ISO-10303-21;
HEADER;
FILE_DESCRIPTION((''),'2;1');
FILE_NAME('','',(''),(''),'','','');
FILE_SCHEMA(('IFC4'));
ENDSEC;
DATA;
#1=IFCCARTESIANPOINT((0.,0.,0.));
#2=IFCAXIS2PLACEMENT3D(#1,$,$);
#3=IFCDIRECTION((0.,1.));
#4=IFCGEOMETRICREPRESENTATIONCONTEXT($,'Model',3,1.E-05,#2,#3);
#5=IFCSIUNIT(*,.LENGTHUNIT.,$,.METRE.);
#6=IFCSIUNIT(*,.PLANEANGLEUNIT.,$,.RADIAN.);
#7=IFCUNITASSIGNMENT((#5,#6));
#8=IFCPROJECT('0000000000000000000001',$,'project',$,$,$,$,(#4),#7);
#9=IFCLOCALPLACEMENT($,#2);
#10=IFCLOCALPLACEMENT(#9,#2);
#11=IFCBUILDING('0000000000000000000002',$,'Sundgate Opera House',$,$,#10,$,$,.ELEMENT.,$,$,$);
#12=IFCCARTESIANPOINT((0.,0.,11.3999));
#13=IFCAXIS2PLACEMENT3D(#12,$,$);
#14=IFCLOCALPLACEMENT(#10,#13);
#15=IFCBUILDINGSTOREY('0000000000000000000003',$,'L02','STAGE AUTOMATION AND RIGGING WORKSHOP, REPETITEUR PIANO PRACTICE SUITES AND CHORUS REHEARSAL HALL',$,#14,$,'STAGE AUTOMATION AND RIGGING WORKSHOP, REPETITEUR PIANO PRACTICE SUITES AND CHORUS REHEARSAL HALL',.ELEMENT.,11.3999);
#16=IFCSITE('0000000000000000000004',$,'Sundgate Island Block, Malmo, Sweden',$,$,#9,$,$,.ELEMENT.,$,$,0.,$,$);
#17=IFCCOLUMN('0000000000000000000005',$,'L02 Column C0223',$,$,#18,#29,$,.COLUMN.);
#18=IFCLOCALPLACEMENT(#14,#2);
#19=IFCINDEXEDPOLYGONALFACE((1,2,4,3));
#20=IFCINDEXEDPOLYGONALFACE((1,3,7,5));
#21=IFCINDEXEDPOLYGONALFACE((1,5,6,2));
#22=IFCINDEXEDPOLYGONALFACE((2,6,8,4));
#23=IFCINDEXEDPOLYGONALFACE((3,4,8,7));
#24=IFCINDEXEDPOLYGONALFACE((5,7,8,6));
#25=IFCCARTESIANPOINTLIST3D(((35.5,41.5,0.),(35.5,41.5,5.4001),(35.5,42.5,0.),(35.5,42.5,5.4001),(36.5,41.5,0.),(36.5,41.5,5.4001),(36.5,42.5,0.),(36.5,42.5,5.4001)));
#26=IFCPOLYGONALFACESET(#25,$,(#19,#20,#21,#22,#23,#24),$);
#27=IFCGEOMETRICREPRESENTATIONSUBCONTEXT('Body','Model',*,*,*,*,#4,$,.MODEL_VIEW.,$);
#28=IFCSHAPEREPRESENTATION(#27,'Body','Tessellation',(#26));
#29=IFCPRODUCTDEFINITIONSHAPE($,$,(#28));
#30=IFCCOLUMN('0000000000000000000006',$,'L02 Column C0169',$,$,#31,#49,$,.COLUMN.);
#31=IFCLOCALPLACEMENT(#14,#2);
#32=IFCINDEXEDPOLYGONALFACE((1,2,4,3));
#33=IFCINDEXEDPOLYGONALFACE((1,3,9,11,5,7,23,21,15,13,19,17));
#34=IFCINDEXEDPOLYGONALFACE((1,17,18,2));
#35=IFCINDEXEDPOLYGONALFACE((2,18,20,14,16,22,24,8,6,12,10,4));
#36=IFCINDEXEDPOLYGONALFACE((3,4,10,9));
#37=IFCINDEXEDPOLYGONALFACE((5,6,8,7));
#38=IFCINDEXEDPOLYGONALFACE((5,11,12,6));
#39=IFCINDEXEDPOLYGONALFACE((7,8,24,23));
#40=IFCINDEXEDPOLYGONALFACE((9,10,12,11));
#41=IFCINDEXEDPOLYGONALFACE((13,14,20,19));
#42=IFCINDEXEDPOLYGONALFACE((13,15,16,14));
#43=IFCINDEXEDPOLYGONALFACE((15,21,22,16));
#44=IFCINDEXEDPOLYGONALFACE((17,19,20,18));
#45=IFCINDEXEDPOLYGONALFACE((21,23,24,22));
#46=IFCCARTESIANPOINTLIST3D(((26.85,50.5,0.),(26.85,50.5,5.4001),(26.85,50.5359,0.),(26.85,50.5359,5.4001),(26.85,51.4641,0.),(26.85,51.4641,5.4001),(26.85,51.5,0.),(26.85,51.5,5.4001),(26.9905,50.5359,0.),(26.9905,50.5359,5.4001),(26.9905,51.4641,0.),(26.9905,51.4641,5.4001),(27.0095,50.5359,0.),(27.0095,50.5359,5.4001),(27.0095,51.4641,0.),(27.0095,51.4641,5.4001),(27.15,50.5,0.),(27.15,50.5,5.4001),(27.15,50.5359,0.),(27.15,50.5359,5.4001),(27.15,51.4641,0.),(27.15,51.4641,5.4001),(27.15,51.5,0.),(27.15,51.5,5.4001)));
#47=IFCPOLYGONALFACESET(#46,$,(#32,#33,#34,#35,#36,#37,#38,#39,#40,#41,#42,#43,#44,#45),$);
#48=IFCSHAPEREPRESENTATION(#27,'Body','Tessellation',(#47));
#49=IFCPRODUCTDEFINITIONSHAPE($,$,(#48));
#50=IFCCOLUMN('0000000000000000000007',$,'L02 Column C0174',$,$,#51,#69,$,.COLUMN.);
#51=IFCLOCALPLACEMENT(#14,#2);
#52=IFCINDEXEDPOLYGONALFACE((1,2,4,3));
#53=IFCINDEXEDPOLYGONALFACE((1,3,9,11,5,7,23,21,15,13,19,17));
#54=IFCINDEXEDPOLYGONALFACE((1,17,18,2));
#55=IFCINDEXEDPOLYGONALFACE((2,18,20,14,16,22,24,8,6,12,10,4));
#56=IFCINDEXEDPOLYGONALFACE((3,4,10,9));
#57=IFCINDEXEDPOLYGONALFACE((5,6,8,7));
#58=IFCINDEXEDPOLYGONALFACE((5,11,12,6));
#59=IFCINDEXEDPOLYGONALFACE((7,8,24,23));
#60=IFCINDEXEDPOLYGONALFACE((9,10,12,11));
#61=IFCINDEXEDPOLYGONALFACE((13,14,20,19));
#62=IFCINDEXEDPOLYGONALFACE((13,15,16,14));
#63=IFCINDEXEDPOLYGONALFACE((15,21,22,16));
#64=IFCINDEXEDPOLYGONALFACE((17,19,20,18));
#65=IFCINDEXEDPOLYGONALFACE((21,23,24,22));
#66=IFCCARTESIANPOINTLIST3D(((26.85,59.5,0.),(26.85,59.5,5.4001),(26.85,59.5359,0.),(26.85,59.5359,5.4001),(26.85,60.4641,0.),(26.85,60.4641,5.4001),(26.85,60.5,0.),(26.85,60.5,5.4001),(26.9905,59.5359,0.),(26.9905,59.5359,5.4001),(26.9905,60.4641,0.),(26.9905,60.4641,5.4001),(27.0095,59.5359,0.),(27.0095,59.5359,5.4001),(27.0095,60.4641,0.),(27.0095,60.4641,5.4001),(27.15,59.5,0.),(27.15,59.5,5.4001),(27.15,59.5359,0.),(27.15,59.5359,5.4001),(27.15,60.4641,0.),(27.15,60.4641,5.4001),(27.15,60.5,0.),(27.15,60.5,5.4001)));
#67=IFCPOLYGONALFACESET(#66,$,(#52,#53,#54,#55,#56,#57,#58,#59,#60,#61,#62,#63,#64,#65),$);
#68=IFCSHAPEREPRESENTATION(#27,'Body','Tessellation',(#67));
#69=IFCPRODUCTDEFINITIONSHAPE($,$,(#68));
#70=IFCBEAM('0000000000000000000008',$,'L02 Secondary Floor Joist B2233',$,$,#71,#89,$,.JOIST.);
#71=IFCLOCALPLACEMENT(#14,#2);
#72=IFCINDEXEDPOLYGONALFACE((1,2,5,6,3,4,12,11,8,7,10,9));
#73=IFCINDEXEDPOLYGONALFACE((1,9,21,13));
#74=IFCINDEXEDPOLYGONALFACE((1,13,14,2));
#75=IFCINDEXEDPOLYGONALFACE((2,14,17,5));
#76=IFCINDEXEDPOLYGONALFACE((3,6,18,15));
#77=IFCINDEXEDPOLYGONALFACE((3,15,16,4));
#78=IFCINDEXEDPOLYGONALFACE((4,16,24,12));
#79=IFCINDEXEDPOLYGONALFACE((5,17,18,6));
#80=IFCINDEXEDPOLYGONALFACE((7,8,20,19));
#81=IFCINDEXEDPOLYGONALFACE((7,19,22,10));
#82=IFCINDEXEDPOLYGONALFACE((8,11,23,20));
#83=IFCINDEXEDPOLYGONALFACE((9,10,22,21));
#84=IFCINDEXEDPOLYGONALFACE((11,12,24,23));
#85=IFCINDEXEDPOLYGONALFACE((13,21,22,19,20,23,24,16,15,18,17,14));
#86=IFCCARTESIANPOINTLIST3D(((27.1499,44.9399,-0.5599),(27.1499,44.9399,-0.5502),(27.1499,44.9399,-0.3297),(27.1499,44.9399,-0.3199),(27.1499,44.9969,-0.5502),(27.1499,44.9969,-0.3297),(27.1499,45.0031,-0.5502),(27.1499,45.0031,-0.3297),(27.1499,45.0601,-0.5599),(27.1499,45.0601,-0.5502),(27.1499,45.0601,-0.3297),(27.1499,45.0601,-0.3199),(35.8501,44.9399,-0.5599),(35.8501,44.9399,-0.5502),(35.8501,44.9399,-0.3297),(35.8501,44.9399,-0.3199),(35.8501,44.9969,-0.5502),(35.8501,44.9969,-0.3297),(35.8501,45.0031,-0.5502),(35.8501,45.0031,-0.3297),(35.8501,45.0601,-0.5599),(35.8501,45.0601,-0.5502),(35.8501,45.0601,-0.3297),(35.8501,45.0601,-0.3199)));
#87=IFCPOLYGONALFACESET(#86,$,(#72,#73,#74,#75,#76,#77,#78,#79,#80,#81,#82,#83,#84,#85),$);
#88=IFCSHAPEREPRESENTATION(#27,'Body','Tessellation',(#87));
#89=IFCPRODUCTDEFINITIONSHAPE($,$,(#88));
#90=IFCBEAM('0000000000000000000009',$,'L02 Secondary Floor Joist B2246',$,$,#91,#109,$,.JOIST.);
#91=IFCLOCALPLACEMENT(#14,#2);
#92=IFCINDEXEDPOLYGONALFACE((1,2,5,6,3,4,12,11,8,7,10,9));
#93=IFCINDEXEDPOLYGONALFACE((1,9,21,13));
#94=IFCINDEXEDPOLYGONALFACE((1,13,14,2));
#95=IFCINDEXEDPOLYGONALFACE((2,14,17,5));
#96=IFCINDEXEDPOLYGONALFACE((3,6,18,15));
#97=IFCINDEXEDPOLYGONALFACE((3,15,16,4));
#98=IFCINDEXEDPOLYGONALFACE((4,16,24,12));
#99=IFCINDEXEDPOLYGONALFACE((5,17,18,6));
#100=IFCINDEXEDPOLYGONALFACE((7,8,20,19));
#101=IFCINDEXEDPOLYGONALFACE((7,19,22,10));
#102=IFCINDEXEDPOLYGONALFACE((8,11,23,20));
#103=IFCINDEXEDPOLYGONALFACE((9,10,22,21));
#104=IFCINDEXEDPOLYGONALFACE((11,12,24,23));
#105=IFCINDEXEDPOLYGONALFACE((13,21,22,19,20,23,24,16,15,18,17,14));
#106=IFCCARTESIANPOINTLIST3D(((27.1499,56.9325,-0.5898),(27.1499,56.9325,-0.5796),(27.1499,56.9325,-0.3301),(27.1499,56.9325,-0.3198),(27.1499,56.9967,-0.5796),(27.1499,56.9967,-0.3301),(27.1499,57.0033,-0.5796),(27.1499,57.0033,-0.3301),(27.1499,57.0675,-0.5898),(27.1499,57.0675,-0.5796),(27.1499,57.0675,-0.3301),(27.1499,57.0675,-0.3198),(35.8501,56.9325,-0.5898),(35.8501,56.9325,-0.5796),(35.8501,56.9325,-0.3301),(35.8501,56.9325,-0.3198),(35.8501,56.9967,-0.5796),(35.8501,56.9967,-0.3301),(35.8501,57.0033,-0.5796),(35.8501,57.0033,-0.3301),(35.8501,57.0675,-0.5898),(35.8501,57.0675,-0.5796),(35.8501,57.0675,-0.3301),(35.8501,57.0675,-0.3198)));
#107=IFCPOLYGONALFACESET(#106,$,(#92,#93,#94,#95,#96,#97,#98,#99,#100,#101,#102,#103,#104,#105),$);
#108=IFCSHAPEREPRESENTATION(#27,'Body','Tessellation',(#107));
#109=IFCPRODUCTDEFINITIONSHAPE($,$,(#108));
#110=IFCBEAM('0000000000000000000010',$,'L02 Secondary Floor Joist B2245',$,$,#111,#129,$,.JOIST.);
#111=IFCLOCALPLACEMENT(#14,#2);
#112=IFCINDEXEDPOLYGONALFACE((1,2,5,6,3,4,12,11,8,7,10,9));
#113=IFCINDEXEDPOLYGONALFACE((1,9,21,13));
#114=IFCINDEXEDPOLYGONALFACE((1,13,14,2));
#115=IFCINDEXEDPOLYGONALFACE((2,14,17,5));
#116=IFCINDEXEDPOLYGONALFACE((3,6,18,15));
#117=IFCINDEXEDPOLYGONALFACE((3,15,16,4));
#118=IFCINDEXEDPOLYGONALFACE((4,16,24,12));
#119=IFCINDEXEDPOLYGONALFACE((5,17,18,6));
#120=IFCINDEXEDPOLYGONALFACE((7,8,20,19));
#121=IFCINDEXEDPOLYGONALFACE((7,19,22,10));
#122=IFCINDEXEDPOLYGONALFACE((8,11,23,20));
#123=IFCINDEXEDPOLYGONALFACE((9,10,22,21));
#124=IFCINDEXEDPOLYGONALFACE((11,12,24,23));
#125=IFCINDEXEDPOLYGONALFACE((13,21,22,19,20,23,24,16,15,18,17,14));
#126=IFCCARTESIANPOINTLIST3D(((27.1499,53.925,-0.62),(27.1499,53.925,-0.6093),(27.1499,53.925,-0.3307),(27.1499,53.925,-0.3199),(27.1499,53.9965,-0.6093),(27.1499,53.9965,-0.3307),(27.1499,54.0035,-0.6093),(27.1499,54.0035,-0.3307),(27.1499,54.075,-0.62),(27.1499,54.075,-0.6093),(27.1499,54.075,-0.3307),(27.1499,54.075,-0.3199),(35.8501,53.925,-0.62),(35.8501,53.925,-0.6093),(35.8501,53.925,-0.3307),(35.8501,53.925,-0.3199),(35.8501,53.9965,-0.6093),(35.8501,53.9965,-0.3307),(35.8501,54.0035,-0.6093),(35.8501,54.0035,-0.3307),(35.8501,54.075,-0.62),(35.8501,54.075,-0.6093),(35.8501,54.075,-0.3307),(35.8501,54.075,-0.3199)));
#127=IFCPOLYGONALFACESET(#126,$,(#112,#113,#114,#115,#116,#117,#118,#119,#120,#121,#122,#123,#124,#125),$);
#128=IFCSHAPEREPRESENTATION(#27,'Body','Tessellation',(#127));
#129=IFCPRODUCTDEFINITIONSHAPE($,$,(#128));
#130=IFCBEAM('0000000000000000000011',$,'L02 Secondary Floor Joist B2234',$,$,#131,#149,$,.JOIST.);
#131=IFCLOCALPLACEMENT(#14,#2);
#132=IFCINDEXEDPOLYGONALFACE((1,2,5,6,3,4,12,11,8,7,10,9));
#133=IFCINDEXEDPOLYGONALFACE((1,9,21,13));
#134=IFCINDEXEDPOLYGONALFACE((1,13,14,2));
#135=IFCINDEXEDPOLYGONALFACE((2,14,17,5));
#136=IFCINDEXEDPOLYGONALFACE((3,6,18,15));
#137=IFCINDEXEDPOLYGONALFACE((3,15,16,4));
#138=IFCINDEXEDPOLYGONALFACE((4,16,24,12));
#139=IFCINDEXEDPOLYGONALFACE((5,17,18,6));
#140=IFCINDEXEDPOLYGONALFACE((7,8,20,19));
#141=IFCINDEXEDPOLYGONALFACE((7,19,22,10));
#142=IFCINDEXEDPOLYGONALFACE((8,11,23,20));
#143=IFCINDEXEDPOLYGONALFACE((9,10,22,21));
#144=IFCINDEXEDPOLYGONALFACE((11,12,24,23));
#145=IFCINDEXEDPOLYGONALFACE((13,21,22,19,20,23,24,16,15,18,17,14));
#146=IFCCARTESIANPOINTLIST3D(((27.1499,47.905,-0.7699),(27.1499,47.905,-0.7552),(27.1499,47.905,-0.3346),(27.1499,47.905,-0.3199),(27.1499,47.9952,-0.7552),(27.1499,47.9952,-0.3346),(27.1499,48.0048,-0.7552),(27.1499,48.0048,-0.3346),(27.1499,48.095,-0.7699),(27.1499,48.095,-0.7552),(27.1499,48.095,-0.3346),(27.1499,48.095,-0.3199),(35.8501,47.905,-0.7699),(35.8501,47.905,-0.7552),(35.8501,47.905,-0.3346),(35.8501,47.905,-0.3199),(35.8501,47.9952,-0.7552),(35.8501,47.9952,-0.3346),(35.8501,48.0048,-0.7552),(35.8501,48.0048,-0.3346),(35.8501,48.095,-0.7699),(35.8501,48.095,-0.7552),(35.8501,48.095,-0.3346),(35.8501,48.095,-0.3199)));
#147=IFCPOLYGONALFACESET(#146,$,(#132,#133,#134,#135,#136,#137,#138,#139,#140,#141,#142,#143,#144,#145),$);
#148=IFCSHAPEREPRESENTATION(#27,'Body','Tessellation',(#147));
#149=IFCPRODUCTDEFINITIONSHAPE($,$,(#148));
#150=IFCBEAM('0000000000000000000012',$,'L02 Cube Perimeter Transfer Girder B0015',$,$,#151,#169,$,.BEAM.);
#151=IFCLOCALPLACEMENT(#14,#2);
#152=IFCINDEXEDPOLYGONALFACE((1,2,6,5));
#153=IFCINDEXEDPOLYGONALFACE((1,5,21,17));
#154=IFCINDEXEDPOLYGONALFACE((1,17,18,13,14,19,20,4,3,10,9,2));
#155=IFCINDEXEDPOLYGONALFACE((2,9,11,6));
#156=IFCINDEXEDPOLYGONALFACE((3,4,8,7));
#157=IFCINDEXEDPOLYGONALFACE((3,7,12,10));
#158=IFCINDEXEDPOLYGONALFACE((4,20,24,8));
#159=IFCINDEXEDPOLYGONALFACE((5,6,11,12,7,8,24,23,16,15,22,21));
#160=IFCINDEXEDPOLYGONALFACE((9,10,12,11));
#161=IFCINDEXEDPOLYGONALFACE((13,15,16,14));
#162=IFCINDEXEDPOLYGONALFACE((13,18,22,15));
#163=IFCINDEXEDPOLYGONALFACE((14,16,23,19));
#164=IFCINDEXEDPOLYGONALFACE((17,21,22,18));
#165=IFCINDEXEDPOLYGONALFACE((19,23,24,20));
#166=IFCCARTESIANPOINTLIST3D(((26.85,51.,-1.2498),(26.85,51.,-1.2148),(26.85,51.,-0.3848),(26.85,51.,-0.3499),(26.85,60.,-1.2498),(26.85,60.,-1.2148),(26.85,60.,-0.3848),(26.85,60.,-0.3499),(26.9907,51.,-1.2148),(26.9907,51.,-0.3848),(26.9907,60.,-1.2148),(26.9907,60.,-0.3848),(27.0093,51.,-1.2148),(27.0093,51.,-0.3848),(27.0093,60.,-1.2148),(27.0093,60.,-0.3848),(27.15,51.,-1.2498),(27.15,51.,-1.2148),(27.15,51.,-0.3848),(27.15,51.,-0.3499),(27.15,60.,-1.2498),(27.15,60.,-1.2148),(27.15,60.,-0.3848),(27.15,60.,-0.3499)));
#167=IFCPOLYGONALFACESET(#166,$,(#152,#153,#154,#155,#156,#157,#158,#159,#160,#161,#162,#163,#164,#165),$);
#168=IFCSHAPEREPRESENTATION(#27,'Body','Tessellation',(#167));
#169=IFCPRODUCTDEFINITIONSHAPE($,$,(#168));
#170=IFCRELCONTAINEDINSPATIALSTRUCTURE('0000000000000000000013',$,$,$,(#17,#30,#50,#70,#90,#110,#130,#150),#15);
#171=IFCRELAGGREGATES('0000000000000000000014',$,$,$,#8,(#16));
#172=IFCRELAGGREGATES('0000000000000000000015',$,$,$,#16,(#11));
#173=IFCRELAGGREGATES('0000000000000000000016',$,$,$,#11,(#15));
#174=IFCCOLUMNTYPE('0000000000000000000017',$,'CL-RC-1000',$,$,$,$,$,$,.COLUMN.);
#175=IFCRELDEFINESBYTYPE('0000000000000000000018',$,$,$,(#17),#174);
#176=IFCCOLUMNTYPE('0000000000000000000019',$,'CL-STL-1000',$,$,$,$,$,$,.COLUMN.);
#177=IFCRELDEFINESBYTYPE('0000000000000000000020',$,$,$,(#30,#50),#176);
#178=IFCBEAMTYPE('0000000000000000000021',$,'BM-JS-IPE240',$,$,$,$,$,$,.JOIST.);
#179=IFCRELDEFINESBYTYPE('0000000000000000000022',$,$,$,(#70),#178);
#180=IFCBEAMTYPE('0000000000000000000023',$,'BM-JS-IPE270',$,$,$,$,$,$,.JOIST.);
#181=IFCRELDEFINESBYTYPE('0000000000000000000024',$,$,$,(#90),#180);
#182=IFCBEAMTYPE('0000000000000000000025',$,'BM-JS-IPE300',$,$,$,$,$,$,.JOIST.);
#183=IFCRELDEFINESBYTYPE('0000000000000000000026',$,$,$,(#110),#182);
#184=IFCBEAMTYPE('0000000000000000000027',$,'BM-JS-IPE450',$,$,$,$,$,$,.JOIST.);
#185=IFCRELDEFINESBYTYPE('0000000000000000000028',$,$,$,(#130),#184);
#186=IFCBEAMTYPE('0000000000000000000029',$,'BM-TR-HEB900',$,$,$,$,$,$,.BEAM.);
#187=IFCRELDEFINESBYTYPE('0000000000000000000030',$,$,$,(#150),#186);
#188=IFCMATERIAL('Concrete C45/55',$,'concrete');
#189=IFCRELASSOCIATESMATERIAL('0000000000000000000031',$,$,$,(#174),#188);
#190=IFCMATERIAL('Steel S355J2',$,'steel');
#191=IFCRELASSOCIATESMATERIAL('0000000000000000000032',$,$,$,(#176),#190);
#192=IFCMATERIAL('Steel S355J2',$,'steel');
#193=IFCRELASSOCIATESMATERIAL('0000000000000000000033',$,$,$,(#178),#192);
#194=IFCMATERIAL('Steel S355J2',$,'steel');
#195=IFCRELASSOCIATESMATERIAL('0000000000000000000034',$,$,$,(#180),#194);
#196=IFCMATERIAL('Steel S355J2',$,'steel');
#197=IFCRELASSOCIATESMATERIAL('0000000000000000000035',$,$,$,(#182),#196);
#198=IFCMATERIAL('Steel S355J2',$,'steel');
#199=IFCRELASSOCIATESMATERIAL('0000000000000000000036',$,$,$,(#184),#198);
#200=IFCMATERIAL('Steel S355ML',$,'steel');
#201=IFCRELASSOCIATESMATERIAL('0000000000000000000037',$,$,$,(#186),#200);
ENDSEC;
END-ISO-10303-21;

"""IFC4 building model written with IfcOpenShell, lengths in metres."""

from ifc_helpers import new_model, si_unit, direction, frame, origin, origin_2d, place, context, subcontext, project, spatial, rectangle, i_section, extrude, material, material_profile, profile_set, type_object, element, save


model = new_model("IFC4")

# Units and contexts
model_context = context("Model", 3, precision=1e-05, world=origin(), true_north=direction((0.0, 1.0)))
body_context = subcontext(model_context, "Body", "Model", "MODEL_VIEW")
ifc_project = project(units=[si_unit("LENGTHUNIT", "METRE"), si_unit("PLANEANGLEUNIT", "RADIAN")], contexts=[model_context])

# Site, building, storey
site_placement = place(None, origin())
site = spatial("IfcSite", under=ifc_project, at=site_placement, Name="Sundgate Island Block, Malmo, Sweden", CompositionType="ELEMENT", RefElevation=0.0)
building_placement = place(site_placement, origin())
building = spatial("IfcBuilding", under=site, at=building_placement, Name="Sundgate Opera House", CompositionType="ELEMENT")
storey_placement = place(building_placement, frame((0.0, 0.0, 11.3999)))
storey = spatial("IfcBuildingStorey", under=building, at=storey_placement, Name="L02", Description="STAGE AUTOMATION AND RIGGING WORKSHOP, REPETITEUR PIANO PRACTICE SUITES AND CHORUS REHEARSAL HALL", LongName="STAGE AUTOMATION AND RIGGING WORKSHOP, REPETITEUR PIANO PRACTICE SUITES AND CHORUS REHEARSAL HALL", CompositionType="ELEMENT", Elevation=11.3999)

# Columns
ifc_material_1 = material(Name="Concrete C45/55", Category="concrete")
ifc_material_profile_1 = material_profile(ifc_material_1, rectangle(XDim=1.0, YDim=1.0, at=origin_2d()), Name="RC 1000x1000")
ifc_profile_set_1 = profile_set([ifc_material_profile_1], Name="Concrete C45/55")
column_type_1 = type_object("IfcColumnType", Name="CL-RC-1000", PredefinedType="COLUMN", material=ifc_profile_set_1)
column_placement = place(storey_placement, frame((36.0, 42.0, 0.0), z_axis=(0.0, 0.0, 1.0), x_axis=(1.0, 0.0, 0.0)))
element("IfcColumn", 1, at=column_placement, inside=storey, type_object=column_type_1, Name="L02 Column C0223", PredefinedType="COLUMN", context=body_context, shape_type="SweptSolid", body=[
    extrude(rectangle(XDim=1.0, YDim=1.0, at=origin_2d()), origin(), (0.0, 0.0, 1.0), 5.4001),
])
ifc_material_2 = material(Name="Steel S355J2", Category="steel")
ifc_material_profile_2 = material_profile(ifc_material_2, i_section(OverallWidth=0.3, OverallDepth=1.0, WebThickness=0.019, FlangeThickness=0.0359, at=origin_2d()), Name="HEB 1000")
ifc_profile_set_2 = profile_set([ifc_material_profile_2], Name="Steel S355J2")
column_type_2 = type_object("IfcColumnType", Name="CL-STL-1000", PredefinedType="COLUMN", material=ifc_profile_set_2)
for number, where, z_axis, x_axis, name in (
    (2, (27.0, 51.0, 0.0), (0.0, 0.0, 1.0), (1.0, 0.0, 0.0), "L02 Column C0169"),
    (3, (27.0, 60.0, 0.0), (0.0, 0.0, 1.0), (1.0, 0.0, 0.0), "L02 Column C0174"),
):
    element("IfcColumn", number, at=place(storey_placement, frame(where, z_axis=z_axis, x_axis=x_axis)), inside=storey, type_object=column_type_2, Name=name, PredefinedType="COLUMN", context=body_context, shape_type="SweptSolid", body=[
        extrude(i_section(OverallWidth=0.3, OverallDepth=1.0, WebThickness=0.019, FlangeThickness=0.0359, at=origin_2d()), origin(), (0.0, 0.0, 1.0), 5.4001),
    ])

# Beams
ifc_material_3 = material(Name="Steel S355J2", Category="steel")
ifc_material_profile_3 = material_profile(ifc_material_3, i_section(OverallWidth=0.1201, OverallDepth=0.24, WebThickness=0.0061, FlangeThickness=0.0098, at=origin_2d()), Name="IPE 240")
ifc_profile_set_3 = profile_set([ifc_material_profile_3], Name="Steel S355J2")
beam_type_1 = type_object("IfcBeamType", Name="BM-JS-IPE240", PredefinedType="JOIST", material=ifc_profile_set_3)
beam_1_placement = place(storey_placement, frame((27.1499, 45.0, -0.4399), z_axis=(1.0, 0.0, 0.0), x_axis=(0.0, 1.0, 0.0)))
element("IfcBeam", 4, at=beam_1_placement, inside=storey, type_object=beam_type_1, Name="L02 Secondary Floor Joist B2233", PredefinedType="JOIST", context=body_context, shape_type="SweptSolid", body=[
    extrude(i_section(OverallWidth=0.1201, OverallDepth=0.24, WebThickness=0.0061, FlangeThickness=0.0098, at=origin_2d()), origin(), (0.0, 0.0, 1.0), 8.7002),
])
ifc_material_4 = material(Name="Steel S355J2", Category="steel")
ifc_material_profile_4 = material_profile(ifc_material_4, i_section(OverallWidth=0.135, OverallDepth=0.27, WebThickness=0.0066, FlangeThickness=0.0103, at=origin_2d()), Name="IPE 270")
ifc_profile_set_4 = profile_set([ifc_material_profile_4], Name="Steel S355J2")
beam_type_2 = type_object("IfcBeamType", Name="BM-JS-IPE270", PredefinedType="JOIST", material=ifc_profile_set_4)
beam_2_placement = place(storey_placement, frame((27.1499, 57.0, -0.4548), z_axis=(1.0, 0.0, 0.0), x_axis=(0.0, 1.0, 0.0)))
element("IfcBeam", 5, at=beam_2_placement, inside=storey, type_object=beam_type_2, Name="L02 Secondary Floor Joist B2246", PredefinedType="JOIST", context=body_context, shape_type="SweptSolid", body=[
    extrude(i_section(OverallWidth=0.135, OverallDepth=0.27, WebThickness=0.0066, FlangeThickness=0.0103, at=origin_2d()), origin(), (0.0, 0.0, 1.0), 8.7002),
])
ifc_material_5 = material(Name="Steel S355J2", Category="steel")
ifc_material_profile_5 = material_profile(ifc_material_5, i_section(OverallWidth=0.1499, OverallDepth=0.3, WebThickness=0.0071, FlangeThickness=0.0107, at=origin_2d()), Name="IPE 300")
ifc_profile_set_5 = profile_set([ifc_material_profile_5], Name="Steel S355J2")
beam_type_3 = type_object("IfcBeamType", Name="BM-JS-IPE300", PredefinedType="JOIST", material=ifc_profile_set_5)
beam_3_placement = place(storey_placement, frame((27.1499, 54.0, -0.47), z_axis=(1.0, 0.0, 0.0), x_axis=(0.0, 1.0, 0.0)))
element("IfcBeam", 6, at=beam_3_placement, inside=storey, type_object=beam_type_3, Name="L02 Secondary Floor Joist B2245", PredefinedType="JOIST", context=body_context, shape_type="SweptSolid", body=[
    extrude(i_section(OverallWidth=0.1499, OverallDepth=0.3, WebThickness=0.0071, FlangeThickness=0.0107, at=origin_2d()), origin(), (0.0, 0.0, 1.0), 8.7002),
])
ifc_material_6 = material(Name="Steel S355J2", Category="steel")
ifc_material_profile_6 = material_profile(ifc_material_6, i_section(OverallWidth=0.1899, OverallDepth=0.45, WebThickness=0.0095, FlangeThickness=0.0146, at=origin_2d()), Name="IPE 450")
ifc_profile_set_6 = profile_set([ifc_material_profile_6], Name="Steel S355J2")
beam_type_4 = type_object("IfcBeamType", Name="BM-JS-IPE450", PredefinedType="JOIST", material=ifc_profile_set_6)
beam_4_placement = place(storey_placement, frame((27.1499, 48.0, -0.5449), z_axis=(1.0, 0.0, 0.0), x_axis=(0.0, 1.0, 0.0)))
element("IfcBeam", 7, at=beam_4_placement, inside=storey, type_object=beam_type_4, Name="L02 Secondary Floor Joist B2234", PredefinedType="JOIST", context=body_context, shape_type="SweptSolid", body=[
    extrude(i_section(OverallWidth=0.1899, OverallDepth=0.45, WebThickness=0.0095, FlangeThickness=0.0146, at=origin_2d()), origin(), (0.0, 0.0, 1.0), 8.7002),
])
ifc_material_7 = material(Name="Steel S355ML", Category="steel")
ifc_material_profile_7 = material_profile(ifc_material_7, i_section(OverallWidth=0.3, OverallDepth=0.8999, WebThickness=0.0186, FlangeThickness=0.0349, at=origin_2d()), Name="HEB 900")
ifc_profile_set_7 = profile_set([ifc_material_profile_7], Name="Steel S355ML")
beam_type_5 = type_object("IfcBeamType", Name="BM-TR-HEB900", PredefinedType="BEAM", material=ifc_profile_set_7)
for number, where, z_axis, x_axis, name in (
    (8, (27.0, 51.0, -0.7998), (0.0, 1.0, 0.0), (-1.0, 0.0, 0.0), "L02 Cube Perimeter Transfer Girder B0015"),
):
    element("IfcBeam", number, at=place(storey_placement, frame(where, z_axis=z_axis, x_axis=x_axis)), inside=storey, type_object=beam_type_5, Name=name, PredefinedType="BEAM", context=body_context, shape_type="SweptSolid", body=[
        extrude(i_section(OverallWidth=0.3, OverallDepth=0.8999, WebThickness=0.0186, FlangeThickness=0.0349, at=origin_2d()), origin(), (0.0, 0.0, 1.0), 9.0),
    ])

save(model, "model.ifc")
